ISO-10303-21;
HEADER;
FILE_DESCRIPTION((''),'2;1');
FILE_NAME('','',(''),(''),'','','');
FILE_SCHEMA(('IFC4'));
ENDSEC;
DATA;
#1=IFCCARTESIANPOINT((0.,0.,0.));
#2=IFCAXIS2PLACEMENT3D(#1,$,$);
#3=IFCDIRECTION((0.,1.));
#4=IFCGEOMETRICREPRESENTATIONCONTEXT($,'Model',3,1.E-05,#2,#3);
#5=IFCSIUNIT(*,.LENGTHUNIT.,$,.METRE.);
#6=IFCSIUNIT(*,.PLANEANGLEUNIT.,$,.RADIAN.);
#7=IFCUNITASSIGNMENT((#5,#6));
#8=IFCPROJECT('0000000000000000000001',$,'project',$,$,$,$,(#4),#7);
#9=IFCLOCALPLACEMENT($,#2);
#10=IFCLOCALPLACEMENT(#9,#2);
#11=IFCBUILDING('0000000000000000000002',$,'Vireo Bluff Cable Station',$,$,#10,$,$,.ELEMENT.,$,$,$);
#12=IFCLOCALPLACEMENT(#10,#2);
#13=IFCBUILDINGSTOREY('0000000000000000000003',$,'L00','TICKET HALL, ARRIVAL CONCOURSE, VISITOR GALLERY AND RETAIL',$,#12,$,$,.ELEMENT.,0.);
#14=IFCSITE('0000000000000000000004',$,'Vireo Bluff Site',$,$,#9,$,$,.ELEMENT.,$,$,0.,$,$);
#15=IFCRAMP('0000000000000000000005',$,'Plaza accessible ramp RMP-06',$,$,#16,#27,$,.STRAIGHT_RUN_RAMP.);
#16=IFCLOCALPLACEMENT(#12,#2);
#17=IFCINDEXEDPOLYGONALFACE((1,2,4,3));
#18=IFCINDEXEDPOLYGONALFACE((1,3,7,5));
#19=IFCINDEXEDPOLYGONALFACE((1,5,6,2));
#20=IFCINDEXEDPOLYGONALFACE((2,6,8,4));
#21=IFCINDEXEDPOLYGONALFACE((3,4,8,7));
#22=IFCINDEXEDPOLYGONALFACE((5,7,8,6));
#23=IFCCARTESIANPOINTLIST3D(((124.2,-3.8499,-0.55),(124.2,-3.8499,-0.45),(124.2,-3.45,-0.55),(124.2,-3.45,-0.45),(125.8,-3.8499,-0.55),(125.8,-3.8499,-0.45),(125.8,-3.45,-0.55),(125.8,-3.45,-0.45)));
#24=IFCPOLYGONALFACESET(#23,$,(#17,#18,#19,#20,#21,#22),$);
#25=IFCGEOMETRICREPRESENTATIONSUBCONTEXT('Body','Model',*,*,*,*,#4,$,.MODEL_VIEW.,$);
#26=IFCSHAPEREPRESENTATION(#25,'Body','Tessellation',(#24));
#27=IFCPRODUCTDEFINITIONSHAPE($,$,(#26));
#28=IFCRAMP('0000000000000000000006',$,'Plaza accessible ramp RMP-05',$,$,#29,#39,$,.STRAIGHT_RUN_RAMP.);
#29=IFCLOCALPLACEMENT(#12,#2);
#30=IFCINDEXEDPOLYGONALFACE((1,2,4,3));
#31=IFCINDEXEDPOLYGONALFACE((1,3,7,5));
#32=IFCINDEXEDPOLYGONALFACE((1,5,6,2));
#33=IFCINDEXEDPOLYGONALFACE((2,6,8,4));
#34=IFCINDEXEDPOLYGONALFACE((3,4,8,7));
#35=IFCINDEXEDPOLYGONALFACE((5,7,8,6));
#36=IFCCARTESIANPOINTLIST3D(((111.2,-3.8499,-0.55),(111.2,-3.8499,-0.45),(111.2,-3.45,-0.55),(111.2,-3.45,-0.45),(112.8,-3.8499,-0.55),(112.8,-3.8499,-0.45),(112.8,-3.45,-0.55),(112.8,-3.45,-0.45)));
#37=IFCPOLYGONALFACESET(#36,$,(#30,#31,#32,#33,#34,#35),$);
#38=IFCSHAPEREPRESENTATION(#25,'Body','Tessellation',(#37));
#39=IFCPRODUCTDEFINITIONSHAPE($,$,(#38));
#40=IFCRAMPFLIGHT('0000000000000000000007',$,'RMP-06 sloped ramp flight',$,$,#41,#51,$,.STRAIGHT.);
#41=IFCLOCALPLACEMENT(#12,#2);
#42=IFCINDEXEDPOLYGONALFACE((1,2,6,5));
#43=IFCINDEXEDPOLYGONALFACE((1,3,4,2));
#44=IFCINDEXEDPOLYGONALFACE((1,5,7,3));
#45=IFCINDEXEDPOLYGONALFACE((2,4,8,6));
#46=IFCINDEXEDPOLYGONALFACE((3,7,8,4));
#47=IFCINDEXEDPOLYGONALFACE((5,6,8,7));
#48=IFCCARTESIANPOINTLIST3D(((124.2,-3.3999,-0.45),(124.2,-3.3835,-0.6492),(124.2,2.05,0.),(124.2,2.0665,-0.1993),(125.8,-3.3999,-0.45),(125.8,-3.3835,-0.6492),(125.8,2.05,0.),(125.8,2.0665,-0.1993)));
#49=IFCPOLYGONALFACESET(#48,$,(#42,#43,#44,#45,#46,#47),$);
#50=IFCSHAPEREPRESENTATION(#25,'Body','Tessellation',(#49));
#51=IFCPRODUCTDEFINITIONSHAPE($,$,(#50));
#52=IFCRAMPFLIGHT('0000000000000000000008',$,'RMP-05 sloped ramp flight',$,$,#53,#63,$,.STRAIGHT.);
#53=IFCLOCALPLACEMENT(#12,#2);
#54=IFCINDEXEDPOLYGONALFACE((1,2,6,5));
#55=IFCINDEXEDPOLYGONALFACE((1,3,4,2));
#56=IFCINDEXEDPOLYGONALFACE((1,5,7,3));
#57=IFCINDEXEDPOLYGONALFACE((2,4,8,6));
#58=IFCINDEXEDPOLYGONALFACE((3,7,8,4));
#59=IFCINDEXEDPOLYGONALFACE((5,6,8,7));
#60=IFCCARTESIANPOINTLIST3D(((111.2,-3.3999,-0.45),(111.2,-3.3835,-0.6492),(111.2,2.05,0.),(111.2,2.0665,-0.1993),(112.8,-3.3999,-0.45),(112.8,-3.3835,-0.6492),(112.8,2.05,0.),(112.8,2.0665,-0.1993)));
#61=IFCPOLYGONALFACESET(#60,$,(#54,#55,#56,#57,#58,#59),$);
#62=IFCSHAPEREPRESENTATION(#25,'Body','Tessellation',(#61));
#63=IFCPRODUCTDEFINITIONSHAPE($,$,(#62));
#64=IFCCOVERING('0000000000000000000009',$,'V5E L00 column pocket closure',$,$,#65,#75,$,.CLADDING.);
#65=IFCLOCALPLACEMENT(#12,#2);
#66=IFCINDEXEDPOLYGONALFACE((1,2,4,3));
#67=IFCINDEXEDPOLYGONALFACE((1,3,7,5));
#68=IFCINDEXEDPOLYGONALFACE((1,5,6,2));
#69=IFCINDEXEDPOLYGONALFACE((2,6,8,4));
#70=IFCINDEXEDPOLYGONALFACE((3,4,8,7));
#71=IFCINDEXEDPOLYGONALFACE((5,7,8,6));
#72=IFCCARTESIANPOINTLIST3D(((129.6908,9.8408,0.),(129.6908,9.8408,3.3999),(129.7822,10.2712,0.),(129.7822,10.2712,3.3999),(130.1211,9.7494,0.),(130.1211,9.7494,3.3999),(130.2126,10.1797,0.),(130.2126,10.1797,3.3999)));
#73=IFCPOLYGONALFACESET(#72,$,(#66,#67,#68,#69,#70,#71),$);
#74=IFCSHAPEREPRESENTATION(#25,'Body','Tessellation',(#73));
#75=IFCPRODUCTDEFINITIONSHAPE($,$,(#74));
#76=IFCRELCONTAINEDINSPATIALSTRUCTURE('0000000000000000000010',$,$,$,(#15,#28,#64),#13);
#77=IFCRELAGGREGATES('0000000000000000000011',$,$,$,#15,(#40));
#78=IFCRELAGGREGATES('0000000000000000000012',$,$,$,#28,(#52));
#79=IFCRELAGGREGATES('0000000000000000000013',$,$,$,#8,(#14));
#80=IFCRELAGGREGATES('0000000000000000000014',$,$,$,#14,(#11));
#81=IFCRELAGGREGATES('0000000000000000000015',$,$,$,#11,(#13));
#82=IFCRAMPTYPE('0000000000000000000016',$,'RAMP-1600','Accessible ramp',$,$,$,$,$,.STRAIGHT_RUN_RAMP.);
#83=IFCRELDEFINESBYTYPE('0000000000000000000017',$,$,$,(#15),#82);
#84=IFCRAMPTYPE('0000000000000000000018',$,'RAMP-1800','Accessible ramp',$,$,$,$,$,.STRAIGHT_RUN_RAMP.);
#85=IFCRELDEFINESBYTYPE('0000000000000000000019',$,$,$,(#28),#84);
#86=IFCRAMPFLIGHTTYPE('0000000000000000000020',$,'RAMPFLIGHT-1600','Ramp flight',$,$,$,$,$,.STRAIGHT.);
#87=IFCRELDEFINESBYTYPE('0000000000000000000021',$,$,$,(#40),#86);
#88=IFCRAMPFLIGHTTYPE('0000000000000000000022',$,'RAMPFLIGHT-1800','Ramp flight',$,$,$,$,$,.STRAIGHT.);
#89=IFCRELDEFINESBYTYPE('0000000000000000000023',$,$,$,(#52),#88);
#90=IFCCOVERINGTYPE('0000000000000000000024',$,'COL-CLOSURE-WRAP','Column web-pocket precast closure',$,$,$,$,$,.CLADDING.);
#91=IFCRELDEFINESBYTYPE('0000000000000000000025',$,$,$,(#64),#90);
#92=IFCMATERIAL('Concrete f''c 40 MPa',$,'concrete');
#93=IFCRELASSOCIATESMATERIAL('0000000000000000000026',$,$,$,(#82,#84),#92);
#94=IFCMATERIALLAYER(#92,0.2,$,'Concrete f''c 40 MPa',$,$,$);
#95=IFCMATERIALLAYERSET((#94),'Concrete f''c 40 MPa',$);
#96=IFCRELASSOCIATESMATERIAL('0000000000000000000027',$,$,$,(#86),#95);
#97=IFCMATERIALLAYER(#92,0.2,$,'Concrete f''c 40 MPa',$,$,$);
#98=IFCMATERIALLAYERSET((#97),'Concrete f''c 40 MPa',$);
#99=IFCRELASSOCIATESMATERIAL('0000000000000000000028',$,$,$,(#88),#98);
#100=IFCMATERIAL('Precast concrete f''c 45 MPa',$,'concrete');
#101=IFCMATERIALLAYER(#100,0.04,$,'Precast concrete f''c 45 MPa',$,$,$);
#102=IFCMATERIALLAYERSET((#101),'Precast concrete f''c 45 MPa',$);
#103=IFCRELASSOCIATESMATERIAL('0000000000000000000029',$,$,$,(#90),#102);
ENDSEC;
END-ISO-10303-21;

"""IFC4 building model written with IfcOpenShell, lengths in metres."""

from ifc_helpers import new_model, si_unit, direction, frame, origin, origin_2d, place, context, subcontext, project, spatial, polyline, rectangle, outline, extrude, material, layer, layer_set, type_object, element, aggregate, save


model = new_model("IFC4")

# Units and contexts
model_context = context("Model", 3, precision=1e-05, world=origin(), true_north=direction((0.0, 1.0)))
body_context = subcontext(model_context, "Body", "Model", "MODEL_VIEW")
ifc_project = project(units=[si_unit("LENGTHUNIT", "METRE"), si_unit("PLANEANGLEUNIT", "RADIAN")], contexts=[model_context])

# Site, building, storey
site_placement = place(None, origin())
site = spatial("IfcSite", under=ifc_project, at=site_placement, Name="Vireo Bluff Site", CompositionType="ELEMENT", RefElevation=0.0)
building_placement = place(site_placement, origin())
building = spatial("IfcBuilding", under=site, at=building_placement, Name="Vireo Bluff Cable Station", CompositionType="ELEMENT")
storey_placement = place(building_placement, origin())
storey = spatial("IfcBuildingStorey", under=building, at=storey_placement, Name="L00", Description="TICKET HALL, ARRIVAL CONCOURSE, VISITOR GALLERY AND RETAIL", CompositionType="ELEMENT", Elevation=0.0)

# Shared definitions
ifc_material_1 = material(Name="Concrete f'c 40 MPa", Category="concrete")

# Shared definitions
ifc_material_2 = material(Name="Precast concrete f'c 45 MPa", Category="concrete")

# Ramps
ramp_type_1 = type_object("IfcRampType", Name="RAMP-1600", Description="Accessible ramp", PredefinedType="STRAIGHT_RUN_RAMP", material=ifc_material_1)
ramp_1_placement = place(storey_placement, frame((125.0, -3.6499, -0.55), z_axis=(0.0, 0.0, 1.0), x_axis=(1.0, 0.0, 0.0)))
ramp_1 = element("IfcRamp", 1, at=ramp_1_placement, inside=storey, type_object=ramp_type_1, Name="Plaza accessible ramp RMP-06", PredefinedType="STRAIGHT_RUN_RAMP", context=body_context, shape_type="SweptSolid", body=[
    extrude(rectangle(XDim=1.6001, YDim=0.3999, at=origin_2d()), origin(), (0.0, 0.0, 1.0), 0.1001),
])
ramp_type_2 = type_object("IfcRampType", Name="RAMP-1800", Description="Accessible ramp", PredefinedType="STRAIGHT_RUN_RAMP", material=ifc_material_1)
ramp_2_placement = place(storey_placement, frame((112.0, -3.6499, -0.55), z_axis=(0.0, 0.0, 1.0), x_axis=(1.0, 0.0, 0.0)))
ramp_2 = element("IfcRamp", 2, at=ramp_2_placement, inside=storey, type_object=ramp_type_2, Name="Plaza accessible ramp RMP-05", PredefinedType="STRAIGHT_RUN_RAMP", context=body_context, shape_type="SweptSolid", body=[
    extrude(rectangle(XDim=1.6001, YDim=0.3999, at=origin_2d()), origin(), (0.0, 0.0, 1.0), 0.1001),
])

# Ramp flights
ifc_layer_1 = layer(ifc_material_1, 0.2, Name="Concrete f'c 40 MPa")
ifc_layer_set_1 = layer_set([ifc_layer_1], Name="Concrete f'c 40 MPa")
ramp_flight_type_1 = type_object("IfcRampFlightType", Name="RAMPFLIGHT-1600", Description="Ramp flight", PredefinedType="STRAIGHT", material=ifc_layer_set_1)
ramp_flight_1_placement = place(storey_placement, frame((125.8, -3.3999, -0.45), z_axis=(0.0, -0.082281, 0.996609), x_axis=(0.0, 0.996609, 0.082281)))
ramp_flight_1 = element("IfcRampFlight", 3, at=ramp_flight_1_placement, type_object=ramp_flight_type_1, Name="RMP-06 sloped ramp flight", PredefinedType="STRAIGHT", context=body_context, shape_type="SweptSolid", body=[
    extrude(outline(polyline([(0.0, 0.0), (5.4685, 0.0), (5.4685, 1.6001), (0.0, 1.6001), (0.0, 0.0)])), origin(), (0.0, 0.0, -1.0), 0.2),
])
aggregate(ramp_1, [ramp_flight_1])
ifc_layer_2 = layer(ifc_material_1, 0.2, Name="Concrete f'c 40 MPa")
ifc_layer_set_2 = layer_set([ifc_layer_2], Name="Concrete f'c 40 MPa")
ramp_flight_type_2 = type_object("IfcRampFlightType", Name="RAMPFLIGHT-1800", Description="Ramp flight", PredefinedType="STRAIGHT", material=ifc_layer_set_2)
ramp_flight_2_placement = place(storey_placement, frame((112.8, -3.3999, -0.45), z_axis=(0.0, -0.082281, 0.996609), x_axis=(0.0, 0.996609, 0.082281)))
ramp_flight_2 = element("IfcRampFlight", 4, at=ramp_flight_2_placement, type_object=ramp_flight_type_2, Name="RMP-05 sloped ramp flight", PredefinedType="STRAIGHT", context=body_context, shape_type="SweptSolid", body=[
    extrude(outline(polyline([(0.0, 0.0), (5.4685, 0.0), (5.4685, 1.6001), (0.0, 1.6001), (0.0, 0.0)])), origin(), (0.0, 0.0, -1.0), 0.2),
])
aggregate(ramp_2, [ramp_flight_2])

# Covering
ifc_layer_3 = layer(ifc_material_2, 0.04, Name="Precast concrete f'c 45 MPa")
ifc_layer_set_3 = layer_set([ifc_layer_3], Name="Precast concrete f'c 45 MPa")
covering_type = type_object("IfcCoveringType", Name="COL-CLOSURE-WRAP", Description="Column web-pocket precast closure", PredefinedType="CLADDING", material=ifc_layer_set_3)
covering_placement = place(storey_placement, frame((129.9517, 10.0103, 0.0), z_axis=(0.0, 0.0, 1.0), x_axis=(0.978148, -0.207912, 0.0)))
element("IfcCovering", 5, at=covering_placement, inside=storey, type_object=covering_type, Name="V5E L00 column pocket closure", PredefinedType="CLADDING", context=body_context, shape_type="SweptSolid", body=[
    extrude(rectangle(XDim=0.4399, YDim=0.4399, at=origin_2d()), origin(), (0.0, 0.0, 1.0), 3.3999),
])

save(model, "model.ifc")
